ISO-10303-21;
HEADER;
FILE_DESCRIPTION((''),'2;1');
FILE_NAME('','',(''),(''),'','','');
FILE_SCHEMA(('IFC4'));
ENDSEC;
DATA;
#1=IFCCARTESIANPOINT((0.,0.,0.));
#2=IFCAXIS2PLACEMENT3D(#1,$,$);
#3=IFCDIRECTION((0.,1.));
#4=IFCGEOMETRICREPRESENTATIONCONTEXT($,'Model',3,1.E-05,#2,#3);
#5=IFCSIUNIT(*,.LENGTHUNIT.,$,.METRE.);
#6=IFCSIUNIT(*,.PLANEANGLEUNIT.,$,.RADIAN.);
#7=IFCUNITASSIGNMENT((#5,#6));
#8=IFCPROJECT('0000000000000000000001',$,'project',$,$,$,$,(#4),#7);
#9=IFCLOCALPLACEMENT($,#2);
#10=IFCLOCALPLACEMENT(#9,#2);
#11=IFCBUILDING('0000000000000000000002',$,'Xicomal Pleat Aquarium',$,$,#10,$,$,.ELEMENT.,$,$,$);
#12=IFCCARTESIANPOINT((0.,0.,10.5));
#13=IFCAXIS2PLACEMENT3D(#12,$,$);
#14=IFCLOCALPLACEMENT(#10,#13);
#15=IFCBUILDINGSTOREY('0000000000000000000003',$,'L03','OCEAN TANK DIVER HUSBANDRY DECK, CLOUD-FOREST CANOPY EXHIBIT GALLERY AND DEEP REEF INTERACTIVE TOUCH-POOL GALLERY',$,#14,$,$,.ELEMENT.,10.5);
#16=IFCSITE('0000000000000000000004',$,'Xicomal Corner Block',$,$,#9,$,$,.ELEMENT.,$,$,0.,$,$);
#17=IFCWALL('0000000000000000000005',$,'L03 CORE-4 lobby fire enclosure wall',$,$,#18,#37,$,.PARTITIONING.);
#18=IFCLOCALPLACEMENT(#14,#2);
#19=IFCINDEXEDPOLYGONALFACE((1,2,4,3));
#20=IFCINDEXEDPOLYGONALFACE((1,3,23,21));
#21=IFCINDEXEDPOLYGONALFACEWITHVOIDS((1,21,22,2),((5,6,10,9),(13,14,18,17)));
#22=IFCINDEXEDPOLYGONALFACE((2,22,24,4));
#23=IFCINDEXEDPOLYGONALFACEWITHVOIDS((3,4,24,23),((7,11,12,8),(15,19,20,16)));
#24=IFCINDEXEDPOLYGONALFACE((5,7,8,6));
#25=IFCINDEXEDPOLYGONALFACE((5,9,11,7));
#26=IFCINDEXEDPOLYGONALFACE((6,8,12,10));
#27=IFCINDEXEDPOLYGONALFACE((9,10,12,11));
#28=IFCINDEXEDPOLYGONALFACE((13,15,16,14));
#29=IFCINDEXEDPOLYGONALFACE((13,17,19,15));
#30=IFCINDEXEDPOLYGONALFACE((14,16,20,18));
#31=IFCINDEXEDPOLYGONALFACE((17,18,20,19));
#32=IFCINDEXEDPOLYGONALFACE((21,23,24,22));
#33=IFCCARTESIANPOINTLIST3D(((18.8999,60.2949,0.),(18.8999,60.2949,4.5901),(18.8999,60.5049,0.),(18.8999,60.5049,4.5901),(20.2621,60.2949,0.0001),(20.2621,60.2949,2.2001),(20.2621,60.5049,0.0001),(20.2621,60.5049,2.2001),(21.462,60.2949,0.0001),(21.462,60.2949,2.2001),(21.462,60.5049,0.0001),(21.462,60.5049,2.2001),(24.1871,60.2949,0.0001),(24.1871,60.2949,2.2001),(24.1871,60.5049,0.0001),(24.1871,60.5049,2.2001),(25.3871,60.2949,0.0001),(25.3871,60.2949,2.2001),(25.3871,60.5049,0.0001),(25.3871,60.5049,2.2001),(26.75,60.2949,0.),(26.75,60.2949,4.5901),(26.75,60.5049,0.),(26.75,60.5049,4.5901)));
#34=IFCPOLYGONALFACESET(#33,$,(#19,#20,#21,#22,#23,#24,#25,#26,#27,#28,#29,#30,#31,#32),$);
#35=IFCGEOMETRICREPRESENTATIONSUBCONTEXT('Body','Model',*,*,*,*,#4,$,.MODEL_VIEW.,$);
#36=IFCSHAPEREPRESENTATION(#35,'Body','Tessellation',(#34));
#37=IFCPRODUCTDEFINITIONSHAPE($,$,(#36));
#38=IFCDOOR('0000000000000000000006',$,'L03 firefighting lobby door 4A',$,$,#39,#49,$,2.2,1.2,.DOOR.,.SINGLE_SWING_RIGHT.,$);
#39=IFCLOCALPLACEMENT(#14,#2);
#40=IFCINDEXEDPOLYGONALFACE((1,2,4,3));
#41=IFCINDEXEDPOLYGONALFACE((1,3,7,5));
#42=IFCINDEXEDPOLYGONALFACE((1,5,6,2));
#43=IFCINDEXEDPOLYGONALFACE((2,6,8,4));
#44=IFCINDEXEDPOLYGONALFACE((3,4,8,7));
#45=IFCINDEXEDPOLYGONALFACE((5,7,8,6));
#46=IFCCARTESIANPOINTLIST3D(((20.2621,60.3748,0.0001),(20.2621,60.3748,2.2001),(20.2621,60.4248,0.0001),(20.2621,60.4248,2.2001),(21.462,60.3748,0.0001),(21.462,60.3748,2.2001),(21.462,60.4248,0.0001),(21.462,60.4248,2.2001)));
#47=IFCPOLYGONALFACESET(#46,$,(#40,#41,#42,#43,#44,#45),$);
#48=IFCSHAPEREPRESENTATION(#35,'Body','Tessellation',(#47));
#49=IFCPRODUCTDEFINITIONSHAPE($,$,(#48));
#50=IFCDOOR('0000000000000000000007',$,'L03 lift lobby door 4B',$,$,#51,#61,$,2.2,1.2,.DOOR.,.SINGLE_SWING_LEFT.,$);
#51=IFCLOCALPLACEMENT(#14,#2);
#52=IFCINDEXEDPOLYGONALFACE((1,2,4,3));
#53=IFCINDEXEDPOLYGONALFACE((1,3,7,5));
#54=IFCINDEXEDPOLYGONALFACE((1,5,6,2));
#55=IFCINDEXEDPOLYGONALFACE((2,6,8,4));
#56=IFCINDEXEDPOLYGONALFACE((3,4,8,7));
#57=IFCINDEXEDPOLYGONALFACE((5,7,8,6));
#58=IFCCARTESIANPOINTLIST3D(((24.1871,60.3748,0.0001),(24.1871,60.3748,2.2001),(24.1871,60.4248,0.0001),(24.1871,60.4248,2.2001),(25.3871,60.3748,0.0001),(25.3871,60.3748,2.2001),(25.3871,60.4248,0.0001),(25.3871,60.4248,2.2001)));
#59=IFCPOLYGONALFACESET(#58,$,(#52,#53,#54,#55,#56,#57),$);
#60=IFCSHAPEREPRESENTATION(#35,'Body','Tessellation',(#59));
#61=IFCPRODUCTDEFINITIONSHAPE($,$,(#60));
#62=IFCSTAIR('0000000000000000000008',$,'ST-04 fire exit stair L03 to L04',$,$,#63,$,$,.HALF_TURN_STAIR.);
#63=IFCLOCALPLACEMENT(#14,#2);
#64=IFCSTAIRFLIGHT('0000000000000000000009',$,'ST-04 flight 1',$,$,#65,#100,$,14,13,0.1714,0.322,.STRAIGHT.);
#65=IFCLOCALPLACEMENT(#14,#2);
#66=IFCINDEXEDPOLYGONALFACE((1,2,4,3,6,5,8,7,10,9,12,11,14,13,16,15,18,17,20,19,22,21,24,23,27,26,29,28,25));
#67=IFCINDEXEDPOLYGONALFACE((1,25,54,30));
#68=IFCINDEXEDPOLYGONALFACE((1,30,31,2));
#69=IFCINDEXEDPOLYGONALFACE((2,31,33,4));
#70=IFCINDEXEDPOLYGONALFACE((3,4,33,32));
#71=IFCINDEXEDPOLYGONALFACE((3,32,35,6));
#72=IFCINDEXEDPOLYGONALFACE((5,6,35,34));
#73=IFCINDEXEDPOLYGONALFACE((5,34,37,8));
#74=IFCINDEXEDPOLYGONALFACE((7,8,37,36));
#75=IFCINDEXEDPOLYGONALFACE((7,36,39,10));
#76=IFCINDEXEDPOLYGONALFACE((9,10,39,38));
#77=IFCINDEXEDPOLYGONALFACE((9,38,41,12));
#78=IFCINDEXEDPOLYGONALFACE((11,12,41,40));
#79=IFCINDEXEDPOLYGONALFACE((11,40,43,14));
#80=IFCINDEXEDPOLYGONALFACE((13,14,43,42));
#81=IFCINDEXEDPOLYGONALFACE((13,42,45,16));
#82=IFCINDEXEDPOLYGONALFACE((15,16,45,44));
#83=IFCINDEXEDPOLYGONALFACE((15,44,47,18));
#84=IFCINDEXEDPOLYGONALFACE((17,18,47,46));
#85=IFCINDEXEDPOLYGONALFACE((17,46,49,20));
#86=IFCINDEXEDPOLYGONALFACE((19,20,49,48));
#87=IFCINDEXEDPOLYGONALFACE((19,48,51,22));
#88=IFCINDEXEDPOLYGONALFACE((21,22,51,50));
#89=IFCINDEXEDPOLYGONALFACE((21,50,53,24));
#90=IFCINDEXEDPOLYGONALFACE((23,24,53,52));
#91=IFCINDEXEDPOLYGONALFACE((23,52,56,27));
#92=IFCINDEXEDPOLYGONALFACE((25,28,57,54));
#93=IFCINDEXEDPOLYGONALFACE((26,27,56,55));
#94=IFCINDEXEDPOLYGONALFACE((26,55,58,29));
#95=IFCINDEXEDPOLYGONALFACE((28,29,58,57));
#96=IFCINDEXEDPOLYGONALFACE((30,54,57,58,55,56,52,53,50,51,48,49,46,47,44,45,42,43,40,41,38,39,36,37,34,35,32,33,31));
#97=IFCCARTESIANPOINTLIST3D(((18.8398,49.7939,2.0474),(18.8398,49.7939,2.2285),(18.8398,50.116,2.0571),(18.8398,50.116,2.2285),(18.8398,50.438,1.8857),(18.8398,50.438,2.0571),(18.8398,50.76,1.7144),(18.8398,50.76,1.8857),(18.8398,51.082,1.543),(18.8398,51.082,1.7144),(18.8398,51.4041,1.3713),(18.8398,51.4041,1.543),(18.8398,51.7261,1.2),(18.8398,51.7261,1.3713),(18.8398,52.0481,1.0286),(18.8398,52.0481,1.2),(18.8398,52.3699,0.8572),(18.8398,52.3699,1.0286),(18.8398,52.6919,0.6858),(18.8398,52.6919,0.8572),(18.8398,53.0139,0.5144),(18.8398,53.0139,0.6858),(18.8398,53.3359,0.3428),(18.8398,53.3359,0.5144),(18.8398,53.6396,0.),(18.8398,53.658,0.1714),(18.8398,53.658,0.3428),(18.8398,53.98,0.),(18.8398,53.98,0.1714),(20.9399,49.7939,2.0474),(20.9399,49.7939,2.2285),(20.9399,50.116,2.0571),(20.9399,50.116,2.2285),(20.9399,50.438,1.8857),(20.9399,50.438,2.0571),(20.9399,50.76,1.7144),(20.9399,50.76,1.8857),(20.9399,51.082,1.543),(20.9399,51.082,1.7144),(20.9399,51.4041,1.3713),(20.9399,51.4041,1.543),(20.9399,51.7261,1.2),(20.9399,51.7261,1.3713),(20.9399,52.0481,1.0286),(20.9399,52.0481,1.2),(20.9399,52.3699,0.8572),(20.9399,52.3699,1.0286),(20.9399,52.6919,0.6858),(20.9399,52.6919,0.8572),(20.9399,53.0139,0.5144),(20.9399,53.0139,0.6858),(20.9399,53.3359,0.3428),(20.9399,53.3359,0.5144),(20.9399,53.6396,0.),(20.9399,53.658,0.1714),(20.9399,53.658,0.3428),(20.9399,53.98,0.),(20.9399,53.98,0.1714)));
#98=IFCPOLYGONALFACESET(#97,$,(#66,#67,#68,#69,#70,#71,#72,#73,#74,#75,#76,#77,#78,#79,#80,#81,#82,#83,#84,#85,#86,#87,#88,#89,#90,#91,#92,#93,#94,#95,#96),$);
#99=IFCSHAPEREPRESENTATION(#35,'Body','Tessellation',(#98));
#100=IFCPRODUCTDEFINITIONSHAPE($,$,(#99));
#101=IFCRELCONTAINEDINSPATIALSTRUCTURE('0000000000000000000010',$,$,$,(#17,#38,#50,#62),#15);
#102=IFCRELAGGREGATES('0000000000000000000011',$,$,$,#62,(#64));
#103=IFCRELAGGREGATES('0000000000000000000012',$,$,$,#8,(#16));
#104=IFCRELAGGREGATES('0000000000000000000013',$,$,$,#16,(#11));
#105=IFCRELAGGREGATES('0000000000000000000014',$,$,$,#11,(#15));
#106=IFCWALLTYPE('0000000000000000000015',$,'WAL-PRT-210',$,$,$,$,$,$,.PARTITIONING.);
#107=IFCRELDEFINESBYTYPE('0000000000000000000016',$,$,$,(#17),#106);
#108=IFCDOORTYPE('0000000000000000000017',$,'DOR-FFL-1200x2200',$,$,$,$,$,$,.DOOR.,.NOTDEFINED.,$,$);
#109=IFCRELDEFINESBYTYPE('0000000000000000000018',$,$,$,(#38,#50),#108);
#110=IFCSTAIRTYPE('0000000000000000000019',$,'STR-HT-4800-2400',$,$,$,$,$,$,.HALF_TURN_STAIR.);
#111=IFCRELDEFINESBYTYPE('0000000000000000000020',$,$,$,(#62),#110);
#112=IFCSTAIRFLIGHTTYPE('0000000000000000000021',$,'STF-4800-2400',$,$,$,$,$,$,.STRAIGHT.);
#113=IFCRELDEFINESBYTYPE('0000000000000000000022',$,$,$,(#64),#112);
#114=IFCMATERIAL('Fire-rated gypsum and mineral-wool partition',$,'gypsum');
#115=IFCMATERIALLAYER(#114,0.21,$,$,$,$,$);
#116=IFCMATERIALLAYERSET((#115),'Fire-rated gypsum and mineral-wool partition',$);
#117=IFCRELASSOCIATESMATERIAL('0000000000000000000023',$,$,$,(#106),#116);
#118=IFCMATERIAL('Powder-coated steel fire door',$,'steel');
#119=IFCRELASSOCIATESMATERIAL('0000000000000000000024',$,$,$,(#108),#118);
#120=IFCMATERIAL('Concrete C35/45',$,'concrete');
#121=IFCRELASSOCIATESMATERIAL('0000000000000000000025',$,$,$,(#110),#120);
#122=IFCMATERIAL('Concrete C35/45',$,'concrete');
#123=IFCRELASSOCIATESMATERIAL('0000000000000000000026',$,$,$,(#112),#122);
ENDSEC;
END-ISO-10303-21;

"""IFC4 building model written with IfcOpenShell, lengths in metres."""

from ifc_helpers import new_model, si_unit, direction, frame, frame_2d, origin, place, context, subcontext, project, spatial, polyline, rectangle, outline, extrude, material, layer, layer_set, type_object, element, fill, aggregate, save


model = new_model("IFC4")

# Units and contexts
model_context = context("Model", 3, precision=1e-05, world=origin(), true_north=direction((0.0, 1.0)))
body_context = subcontext(model_context, "Body", "Model", "MODEL_VIEW")
ifc_project = project(units=[si_unit("LENGTHUNIT", "METRE"), si_unit("PLANEANGLEUNIT", "RADIAN")], contexts=[model_context])

# Site, building, storey
site_placement = place(None, origin())
site = spatial("IfcSite", under=ifc_project, at=site_placement, Name="Xicomal Corner Block", CompositionType="ELEMENT", RefElevation=0.0)
building_placement = place(site_placement, origin())
building = spatial("IfcBuilding", under=site, at=building_placement, Name="Xicomal Pleat Aquarium", CompositionType="ELEMENT")
storey_placement = place(building_placement, frame((0.0, 0.0, 10.5)))
storey = spatial("IfcBuildingStorey", under=building, at=storey_placement, Name="L03", Description="OCEAN TANK DIVER HUSBANDRY DECK, CLOUD-FOREST CANOPY EXHIBIT GALLERY AND DEEP REEF INTERACTIVE TOUCH-POOL GALLERY", CompositionType="ELEMENT", Elevation=10.5)

# Wall, openings, doors
ifc_material_1 = material(Name="Fire-rated gypsum and mineral-wool partition", Category="gypsum")
ifc_layer_1 = layer(ifc_material_1, 0.21)
ifc_layer_set_1 = layer_set([ifc_layer_1], Name="Fire-rated gypsum and mineral-wool partition")
wall_type_1 = type_object("IfcWallType", Name="WAL-PRT-210", PredefinedType="PARTITIONING", material=ifc_layer_set_1)
wall_1_placement = place(storey_placement, frame((18.8999, 60.3999, 0.0), z_axis=(0.0, 0.0, 1.0), x_axis=(1.0, 0.0, 0.0)))
wall_1 = element("IfcWall", 1, at=wall_1_placement, inside=storey, type_object=wall_type_1, Name="L03 CORE-4 lobby fire enclosure wall", PredefinedType="PARTITIONING", context=body_context, shape_type="SweptSolid", body=[
    extrude(rectangle(XDim=7.8501, YDim=0.21, at=frame_2d((3.925, 0.0))), origin(), (0.0, 0.0, 1.0), 4.5901),
])
opening_1_placement = place(wall_1_placement, frame((1.3621, 0.0, 0.0)))
opening_1 = element("IfcOpeningElement", 2, at=opening_1_placement, cuts=wall_1, PredefinedType="OPENING", context=body_context, shape_type="SweptSolid", body=[
    extrude(rectangle(XDim=1.2, YDim=2.2, at=frame_2d((0.6001, 1.1001))), frame((0.0, 0.115, 0.0), z_axis=(0.0, -1.0, 0.0), x_axis=(1.0, 0.0, 0.0)), (0.0, 0.0, 1.0), 0.23),
])
opening_2_placement = place(wall_1_placement, frame((5.2871, 0.0, 0.0)))
opening_2 = element("IfcOpeningElement", 3, at=opening_2_placement, cuts=wall_1, PredefinedType="OPENING", context=body_context, shape_type="SweptSolid", body=[
    extrude(rectangle(XDim=1.2, YDim=2.2, at=frame_2d((0.6001, 1.1001))), frame((0.0, 0.115, 0.0), z_axis=(0.0, -1.0, 0.0), x_axis=(1.0, 0.0, 0.0)), (0.0, 0.0, 1.0), 0.23),
])
ifc_material_2 = material(Name="Powder-coated steel fire door", Category="steel")
door_type_1 = type_object("IfcDoorType", Name="DOR-FFL-1200x2200", OperationType="NOTDEFINED", PredefinedType="DOOR", material=ifc_material_2)
door_1_placement = place(opening_1_placement, origin())
door_1 = element("IfcDoor", 4, at=door_1_placement, inside=storey, type_object=door_type_1, Name="L03 firefighting lobby door 4A", OperationType="SINGLE_SWING_RIGHT", OverallHeight=2.2, OverallWidth=1.2, PredefinedType="DOOR", context=body_context, shape_type="SweptSolid", body=[
    extrude(rectangle(XDim=1.2, YDim=2.2, at=frame_2d((0.6001, 1.1001))), frame((0.0, 0.0249, 0.0), z_axis=(0.0, -1.0, 0.0), x_axis=(1.0, 0.0, 0.0)), (0.0, 0.0, 1.0), 0.05),
])
fill(opening_1, door_1)
door_2_placement = place(opening_2_placement, origin())
door_2 = element("IfcDoor", 5, at=door_2_placement, inside=storey, type_object=door_type_1, Name="L03 lift lobby door 4B", OperationType="SINGLE_SWING_LEFT", OverallHeight=2.2, OverallWidth=1.2, PredefinedType="DOOR", context=body_context, shape_type="SweptSolid", body=[
    extrude(rectangle(XDim=1.2, YDim=2.2, at=frame_2d((0.6001, 1.1001))), frame((0.0, 0.0249, 0.0), z_axis=(0.0, -1.0, 0.0), x_axis=(1.0, 0.0, 0.0)), (0.0, 0.0, 1.0), 0.05),
])
fill(opening_2, door_2)

# Stair, stair flight
ifc_material_3 = material(Name="Concrete C35/45", Category="concrete")
stair_type = type_object("IfcStairType", Name="STR-HT-4800-2400", PredefinedType="HALF_TURN_STAIR", material=ifc_material_3)
stair_placement = place(storey_placement, origin())
stair = element("IfcStair", 6, at=stair_placement, inside=storey, type_object=stair_type, Name="ST-04 fire exit stair L03 to L04", PredefinedType="HALF_TURN_STAIR")
ifc_material_4 = material(Name="Concrete C35/45", Category="concrete")
stair_flight_type = type_object("IfcStairFlightType", Name="STF-4800-2400", PredefinedType="STRAIGHT", material=ifc_material_4)
stair_flight_placement = place(storey_placement, frame((19.8899, 53.98, 0.0), z_axis=(0.0, 0.0, 1.0), x_axis=(0.0, -1.0, 0.0)))
stair_flight = element("IfcStairFlight", 7, at=stair_flight_placement, type_object=stair_flight_type, Name="ST-04 flight 1", NumberOfRisers=14, NumberOfTreads=13, PredefinedType="STRAIGHT", RiserHeight=0.1714, TreadLength=0.322, context=body_context, shape_type="SweptSolid", body=[
    extrude(outline(polyline([(0.0, 0.0), (0.0, 0.1714), (0.322, 0.1714), (0.322, 0.3428), (0.644, 0.3428), (0.644, 0.5144), (0.9661, 0.5144), (0.9661, 0.6858), (1.2881, 0.6858), (1.2881, 0.8572), (1.6101, 0.8572), (1.6101, 1.0286), (1.9319, 1.0286), (1.9319, 1.2), (2.2539, 1.2), (2.2539, 1.3713), (2.5759, 1.3713), (2.5759, 1.543), (2.8979, 1.543), (2.8979, 1.7144), (3.22, 1.7144), (3.22, 1.8857), (3.542, 1.8857), (3.542, 2.0571), (3.864, 2.0571), (3.864, 2.2285), (4.186, 2.2285), (4.186, 2.3999), (4.186, 2.0474), (0.3403, 0.0), (0.0, 0.0)])), frame((0.0, 1.05, 0.0), z_axis=(0.0, -1.0, 0.0), x_axis=(1.0, 0.0, 0.0)), (0.0, 0.0, 1.0), 2.1001),
])
aggregate(stair, [stair_flight])

save(model, "model.ifc")
